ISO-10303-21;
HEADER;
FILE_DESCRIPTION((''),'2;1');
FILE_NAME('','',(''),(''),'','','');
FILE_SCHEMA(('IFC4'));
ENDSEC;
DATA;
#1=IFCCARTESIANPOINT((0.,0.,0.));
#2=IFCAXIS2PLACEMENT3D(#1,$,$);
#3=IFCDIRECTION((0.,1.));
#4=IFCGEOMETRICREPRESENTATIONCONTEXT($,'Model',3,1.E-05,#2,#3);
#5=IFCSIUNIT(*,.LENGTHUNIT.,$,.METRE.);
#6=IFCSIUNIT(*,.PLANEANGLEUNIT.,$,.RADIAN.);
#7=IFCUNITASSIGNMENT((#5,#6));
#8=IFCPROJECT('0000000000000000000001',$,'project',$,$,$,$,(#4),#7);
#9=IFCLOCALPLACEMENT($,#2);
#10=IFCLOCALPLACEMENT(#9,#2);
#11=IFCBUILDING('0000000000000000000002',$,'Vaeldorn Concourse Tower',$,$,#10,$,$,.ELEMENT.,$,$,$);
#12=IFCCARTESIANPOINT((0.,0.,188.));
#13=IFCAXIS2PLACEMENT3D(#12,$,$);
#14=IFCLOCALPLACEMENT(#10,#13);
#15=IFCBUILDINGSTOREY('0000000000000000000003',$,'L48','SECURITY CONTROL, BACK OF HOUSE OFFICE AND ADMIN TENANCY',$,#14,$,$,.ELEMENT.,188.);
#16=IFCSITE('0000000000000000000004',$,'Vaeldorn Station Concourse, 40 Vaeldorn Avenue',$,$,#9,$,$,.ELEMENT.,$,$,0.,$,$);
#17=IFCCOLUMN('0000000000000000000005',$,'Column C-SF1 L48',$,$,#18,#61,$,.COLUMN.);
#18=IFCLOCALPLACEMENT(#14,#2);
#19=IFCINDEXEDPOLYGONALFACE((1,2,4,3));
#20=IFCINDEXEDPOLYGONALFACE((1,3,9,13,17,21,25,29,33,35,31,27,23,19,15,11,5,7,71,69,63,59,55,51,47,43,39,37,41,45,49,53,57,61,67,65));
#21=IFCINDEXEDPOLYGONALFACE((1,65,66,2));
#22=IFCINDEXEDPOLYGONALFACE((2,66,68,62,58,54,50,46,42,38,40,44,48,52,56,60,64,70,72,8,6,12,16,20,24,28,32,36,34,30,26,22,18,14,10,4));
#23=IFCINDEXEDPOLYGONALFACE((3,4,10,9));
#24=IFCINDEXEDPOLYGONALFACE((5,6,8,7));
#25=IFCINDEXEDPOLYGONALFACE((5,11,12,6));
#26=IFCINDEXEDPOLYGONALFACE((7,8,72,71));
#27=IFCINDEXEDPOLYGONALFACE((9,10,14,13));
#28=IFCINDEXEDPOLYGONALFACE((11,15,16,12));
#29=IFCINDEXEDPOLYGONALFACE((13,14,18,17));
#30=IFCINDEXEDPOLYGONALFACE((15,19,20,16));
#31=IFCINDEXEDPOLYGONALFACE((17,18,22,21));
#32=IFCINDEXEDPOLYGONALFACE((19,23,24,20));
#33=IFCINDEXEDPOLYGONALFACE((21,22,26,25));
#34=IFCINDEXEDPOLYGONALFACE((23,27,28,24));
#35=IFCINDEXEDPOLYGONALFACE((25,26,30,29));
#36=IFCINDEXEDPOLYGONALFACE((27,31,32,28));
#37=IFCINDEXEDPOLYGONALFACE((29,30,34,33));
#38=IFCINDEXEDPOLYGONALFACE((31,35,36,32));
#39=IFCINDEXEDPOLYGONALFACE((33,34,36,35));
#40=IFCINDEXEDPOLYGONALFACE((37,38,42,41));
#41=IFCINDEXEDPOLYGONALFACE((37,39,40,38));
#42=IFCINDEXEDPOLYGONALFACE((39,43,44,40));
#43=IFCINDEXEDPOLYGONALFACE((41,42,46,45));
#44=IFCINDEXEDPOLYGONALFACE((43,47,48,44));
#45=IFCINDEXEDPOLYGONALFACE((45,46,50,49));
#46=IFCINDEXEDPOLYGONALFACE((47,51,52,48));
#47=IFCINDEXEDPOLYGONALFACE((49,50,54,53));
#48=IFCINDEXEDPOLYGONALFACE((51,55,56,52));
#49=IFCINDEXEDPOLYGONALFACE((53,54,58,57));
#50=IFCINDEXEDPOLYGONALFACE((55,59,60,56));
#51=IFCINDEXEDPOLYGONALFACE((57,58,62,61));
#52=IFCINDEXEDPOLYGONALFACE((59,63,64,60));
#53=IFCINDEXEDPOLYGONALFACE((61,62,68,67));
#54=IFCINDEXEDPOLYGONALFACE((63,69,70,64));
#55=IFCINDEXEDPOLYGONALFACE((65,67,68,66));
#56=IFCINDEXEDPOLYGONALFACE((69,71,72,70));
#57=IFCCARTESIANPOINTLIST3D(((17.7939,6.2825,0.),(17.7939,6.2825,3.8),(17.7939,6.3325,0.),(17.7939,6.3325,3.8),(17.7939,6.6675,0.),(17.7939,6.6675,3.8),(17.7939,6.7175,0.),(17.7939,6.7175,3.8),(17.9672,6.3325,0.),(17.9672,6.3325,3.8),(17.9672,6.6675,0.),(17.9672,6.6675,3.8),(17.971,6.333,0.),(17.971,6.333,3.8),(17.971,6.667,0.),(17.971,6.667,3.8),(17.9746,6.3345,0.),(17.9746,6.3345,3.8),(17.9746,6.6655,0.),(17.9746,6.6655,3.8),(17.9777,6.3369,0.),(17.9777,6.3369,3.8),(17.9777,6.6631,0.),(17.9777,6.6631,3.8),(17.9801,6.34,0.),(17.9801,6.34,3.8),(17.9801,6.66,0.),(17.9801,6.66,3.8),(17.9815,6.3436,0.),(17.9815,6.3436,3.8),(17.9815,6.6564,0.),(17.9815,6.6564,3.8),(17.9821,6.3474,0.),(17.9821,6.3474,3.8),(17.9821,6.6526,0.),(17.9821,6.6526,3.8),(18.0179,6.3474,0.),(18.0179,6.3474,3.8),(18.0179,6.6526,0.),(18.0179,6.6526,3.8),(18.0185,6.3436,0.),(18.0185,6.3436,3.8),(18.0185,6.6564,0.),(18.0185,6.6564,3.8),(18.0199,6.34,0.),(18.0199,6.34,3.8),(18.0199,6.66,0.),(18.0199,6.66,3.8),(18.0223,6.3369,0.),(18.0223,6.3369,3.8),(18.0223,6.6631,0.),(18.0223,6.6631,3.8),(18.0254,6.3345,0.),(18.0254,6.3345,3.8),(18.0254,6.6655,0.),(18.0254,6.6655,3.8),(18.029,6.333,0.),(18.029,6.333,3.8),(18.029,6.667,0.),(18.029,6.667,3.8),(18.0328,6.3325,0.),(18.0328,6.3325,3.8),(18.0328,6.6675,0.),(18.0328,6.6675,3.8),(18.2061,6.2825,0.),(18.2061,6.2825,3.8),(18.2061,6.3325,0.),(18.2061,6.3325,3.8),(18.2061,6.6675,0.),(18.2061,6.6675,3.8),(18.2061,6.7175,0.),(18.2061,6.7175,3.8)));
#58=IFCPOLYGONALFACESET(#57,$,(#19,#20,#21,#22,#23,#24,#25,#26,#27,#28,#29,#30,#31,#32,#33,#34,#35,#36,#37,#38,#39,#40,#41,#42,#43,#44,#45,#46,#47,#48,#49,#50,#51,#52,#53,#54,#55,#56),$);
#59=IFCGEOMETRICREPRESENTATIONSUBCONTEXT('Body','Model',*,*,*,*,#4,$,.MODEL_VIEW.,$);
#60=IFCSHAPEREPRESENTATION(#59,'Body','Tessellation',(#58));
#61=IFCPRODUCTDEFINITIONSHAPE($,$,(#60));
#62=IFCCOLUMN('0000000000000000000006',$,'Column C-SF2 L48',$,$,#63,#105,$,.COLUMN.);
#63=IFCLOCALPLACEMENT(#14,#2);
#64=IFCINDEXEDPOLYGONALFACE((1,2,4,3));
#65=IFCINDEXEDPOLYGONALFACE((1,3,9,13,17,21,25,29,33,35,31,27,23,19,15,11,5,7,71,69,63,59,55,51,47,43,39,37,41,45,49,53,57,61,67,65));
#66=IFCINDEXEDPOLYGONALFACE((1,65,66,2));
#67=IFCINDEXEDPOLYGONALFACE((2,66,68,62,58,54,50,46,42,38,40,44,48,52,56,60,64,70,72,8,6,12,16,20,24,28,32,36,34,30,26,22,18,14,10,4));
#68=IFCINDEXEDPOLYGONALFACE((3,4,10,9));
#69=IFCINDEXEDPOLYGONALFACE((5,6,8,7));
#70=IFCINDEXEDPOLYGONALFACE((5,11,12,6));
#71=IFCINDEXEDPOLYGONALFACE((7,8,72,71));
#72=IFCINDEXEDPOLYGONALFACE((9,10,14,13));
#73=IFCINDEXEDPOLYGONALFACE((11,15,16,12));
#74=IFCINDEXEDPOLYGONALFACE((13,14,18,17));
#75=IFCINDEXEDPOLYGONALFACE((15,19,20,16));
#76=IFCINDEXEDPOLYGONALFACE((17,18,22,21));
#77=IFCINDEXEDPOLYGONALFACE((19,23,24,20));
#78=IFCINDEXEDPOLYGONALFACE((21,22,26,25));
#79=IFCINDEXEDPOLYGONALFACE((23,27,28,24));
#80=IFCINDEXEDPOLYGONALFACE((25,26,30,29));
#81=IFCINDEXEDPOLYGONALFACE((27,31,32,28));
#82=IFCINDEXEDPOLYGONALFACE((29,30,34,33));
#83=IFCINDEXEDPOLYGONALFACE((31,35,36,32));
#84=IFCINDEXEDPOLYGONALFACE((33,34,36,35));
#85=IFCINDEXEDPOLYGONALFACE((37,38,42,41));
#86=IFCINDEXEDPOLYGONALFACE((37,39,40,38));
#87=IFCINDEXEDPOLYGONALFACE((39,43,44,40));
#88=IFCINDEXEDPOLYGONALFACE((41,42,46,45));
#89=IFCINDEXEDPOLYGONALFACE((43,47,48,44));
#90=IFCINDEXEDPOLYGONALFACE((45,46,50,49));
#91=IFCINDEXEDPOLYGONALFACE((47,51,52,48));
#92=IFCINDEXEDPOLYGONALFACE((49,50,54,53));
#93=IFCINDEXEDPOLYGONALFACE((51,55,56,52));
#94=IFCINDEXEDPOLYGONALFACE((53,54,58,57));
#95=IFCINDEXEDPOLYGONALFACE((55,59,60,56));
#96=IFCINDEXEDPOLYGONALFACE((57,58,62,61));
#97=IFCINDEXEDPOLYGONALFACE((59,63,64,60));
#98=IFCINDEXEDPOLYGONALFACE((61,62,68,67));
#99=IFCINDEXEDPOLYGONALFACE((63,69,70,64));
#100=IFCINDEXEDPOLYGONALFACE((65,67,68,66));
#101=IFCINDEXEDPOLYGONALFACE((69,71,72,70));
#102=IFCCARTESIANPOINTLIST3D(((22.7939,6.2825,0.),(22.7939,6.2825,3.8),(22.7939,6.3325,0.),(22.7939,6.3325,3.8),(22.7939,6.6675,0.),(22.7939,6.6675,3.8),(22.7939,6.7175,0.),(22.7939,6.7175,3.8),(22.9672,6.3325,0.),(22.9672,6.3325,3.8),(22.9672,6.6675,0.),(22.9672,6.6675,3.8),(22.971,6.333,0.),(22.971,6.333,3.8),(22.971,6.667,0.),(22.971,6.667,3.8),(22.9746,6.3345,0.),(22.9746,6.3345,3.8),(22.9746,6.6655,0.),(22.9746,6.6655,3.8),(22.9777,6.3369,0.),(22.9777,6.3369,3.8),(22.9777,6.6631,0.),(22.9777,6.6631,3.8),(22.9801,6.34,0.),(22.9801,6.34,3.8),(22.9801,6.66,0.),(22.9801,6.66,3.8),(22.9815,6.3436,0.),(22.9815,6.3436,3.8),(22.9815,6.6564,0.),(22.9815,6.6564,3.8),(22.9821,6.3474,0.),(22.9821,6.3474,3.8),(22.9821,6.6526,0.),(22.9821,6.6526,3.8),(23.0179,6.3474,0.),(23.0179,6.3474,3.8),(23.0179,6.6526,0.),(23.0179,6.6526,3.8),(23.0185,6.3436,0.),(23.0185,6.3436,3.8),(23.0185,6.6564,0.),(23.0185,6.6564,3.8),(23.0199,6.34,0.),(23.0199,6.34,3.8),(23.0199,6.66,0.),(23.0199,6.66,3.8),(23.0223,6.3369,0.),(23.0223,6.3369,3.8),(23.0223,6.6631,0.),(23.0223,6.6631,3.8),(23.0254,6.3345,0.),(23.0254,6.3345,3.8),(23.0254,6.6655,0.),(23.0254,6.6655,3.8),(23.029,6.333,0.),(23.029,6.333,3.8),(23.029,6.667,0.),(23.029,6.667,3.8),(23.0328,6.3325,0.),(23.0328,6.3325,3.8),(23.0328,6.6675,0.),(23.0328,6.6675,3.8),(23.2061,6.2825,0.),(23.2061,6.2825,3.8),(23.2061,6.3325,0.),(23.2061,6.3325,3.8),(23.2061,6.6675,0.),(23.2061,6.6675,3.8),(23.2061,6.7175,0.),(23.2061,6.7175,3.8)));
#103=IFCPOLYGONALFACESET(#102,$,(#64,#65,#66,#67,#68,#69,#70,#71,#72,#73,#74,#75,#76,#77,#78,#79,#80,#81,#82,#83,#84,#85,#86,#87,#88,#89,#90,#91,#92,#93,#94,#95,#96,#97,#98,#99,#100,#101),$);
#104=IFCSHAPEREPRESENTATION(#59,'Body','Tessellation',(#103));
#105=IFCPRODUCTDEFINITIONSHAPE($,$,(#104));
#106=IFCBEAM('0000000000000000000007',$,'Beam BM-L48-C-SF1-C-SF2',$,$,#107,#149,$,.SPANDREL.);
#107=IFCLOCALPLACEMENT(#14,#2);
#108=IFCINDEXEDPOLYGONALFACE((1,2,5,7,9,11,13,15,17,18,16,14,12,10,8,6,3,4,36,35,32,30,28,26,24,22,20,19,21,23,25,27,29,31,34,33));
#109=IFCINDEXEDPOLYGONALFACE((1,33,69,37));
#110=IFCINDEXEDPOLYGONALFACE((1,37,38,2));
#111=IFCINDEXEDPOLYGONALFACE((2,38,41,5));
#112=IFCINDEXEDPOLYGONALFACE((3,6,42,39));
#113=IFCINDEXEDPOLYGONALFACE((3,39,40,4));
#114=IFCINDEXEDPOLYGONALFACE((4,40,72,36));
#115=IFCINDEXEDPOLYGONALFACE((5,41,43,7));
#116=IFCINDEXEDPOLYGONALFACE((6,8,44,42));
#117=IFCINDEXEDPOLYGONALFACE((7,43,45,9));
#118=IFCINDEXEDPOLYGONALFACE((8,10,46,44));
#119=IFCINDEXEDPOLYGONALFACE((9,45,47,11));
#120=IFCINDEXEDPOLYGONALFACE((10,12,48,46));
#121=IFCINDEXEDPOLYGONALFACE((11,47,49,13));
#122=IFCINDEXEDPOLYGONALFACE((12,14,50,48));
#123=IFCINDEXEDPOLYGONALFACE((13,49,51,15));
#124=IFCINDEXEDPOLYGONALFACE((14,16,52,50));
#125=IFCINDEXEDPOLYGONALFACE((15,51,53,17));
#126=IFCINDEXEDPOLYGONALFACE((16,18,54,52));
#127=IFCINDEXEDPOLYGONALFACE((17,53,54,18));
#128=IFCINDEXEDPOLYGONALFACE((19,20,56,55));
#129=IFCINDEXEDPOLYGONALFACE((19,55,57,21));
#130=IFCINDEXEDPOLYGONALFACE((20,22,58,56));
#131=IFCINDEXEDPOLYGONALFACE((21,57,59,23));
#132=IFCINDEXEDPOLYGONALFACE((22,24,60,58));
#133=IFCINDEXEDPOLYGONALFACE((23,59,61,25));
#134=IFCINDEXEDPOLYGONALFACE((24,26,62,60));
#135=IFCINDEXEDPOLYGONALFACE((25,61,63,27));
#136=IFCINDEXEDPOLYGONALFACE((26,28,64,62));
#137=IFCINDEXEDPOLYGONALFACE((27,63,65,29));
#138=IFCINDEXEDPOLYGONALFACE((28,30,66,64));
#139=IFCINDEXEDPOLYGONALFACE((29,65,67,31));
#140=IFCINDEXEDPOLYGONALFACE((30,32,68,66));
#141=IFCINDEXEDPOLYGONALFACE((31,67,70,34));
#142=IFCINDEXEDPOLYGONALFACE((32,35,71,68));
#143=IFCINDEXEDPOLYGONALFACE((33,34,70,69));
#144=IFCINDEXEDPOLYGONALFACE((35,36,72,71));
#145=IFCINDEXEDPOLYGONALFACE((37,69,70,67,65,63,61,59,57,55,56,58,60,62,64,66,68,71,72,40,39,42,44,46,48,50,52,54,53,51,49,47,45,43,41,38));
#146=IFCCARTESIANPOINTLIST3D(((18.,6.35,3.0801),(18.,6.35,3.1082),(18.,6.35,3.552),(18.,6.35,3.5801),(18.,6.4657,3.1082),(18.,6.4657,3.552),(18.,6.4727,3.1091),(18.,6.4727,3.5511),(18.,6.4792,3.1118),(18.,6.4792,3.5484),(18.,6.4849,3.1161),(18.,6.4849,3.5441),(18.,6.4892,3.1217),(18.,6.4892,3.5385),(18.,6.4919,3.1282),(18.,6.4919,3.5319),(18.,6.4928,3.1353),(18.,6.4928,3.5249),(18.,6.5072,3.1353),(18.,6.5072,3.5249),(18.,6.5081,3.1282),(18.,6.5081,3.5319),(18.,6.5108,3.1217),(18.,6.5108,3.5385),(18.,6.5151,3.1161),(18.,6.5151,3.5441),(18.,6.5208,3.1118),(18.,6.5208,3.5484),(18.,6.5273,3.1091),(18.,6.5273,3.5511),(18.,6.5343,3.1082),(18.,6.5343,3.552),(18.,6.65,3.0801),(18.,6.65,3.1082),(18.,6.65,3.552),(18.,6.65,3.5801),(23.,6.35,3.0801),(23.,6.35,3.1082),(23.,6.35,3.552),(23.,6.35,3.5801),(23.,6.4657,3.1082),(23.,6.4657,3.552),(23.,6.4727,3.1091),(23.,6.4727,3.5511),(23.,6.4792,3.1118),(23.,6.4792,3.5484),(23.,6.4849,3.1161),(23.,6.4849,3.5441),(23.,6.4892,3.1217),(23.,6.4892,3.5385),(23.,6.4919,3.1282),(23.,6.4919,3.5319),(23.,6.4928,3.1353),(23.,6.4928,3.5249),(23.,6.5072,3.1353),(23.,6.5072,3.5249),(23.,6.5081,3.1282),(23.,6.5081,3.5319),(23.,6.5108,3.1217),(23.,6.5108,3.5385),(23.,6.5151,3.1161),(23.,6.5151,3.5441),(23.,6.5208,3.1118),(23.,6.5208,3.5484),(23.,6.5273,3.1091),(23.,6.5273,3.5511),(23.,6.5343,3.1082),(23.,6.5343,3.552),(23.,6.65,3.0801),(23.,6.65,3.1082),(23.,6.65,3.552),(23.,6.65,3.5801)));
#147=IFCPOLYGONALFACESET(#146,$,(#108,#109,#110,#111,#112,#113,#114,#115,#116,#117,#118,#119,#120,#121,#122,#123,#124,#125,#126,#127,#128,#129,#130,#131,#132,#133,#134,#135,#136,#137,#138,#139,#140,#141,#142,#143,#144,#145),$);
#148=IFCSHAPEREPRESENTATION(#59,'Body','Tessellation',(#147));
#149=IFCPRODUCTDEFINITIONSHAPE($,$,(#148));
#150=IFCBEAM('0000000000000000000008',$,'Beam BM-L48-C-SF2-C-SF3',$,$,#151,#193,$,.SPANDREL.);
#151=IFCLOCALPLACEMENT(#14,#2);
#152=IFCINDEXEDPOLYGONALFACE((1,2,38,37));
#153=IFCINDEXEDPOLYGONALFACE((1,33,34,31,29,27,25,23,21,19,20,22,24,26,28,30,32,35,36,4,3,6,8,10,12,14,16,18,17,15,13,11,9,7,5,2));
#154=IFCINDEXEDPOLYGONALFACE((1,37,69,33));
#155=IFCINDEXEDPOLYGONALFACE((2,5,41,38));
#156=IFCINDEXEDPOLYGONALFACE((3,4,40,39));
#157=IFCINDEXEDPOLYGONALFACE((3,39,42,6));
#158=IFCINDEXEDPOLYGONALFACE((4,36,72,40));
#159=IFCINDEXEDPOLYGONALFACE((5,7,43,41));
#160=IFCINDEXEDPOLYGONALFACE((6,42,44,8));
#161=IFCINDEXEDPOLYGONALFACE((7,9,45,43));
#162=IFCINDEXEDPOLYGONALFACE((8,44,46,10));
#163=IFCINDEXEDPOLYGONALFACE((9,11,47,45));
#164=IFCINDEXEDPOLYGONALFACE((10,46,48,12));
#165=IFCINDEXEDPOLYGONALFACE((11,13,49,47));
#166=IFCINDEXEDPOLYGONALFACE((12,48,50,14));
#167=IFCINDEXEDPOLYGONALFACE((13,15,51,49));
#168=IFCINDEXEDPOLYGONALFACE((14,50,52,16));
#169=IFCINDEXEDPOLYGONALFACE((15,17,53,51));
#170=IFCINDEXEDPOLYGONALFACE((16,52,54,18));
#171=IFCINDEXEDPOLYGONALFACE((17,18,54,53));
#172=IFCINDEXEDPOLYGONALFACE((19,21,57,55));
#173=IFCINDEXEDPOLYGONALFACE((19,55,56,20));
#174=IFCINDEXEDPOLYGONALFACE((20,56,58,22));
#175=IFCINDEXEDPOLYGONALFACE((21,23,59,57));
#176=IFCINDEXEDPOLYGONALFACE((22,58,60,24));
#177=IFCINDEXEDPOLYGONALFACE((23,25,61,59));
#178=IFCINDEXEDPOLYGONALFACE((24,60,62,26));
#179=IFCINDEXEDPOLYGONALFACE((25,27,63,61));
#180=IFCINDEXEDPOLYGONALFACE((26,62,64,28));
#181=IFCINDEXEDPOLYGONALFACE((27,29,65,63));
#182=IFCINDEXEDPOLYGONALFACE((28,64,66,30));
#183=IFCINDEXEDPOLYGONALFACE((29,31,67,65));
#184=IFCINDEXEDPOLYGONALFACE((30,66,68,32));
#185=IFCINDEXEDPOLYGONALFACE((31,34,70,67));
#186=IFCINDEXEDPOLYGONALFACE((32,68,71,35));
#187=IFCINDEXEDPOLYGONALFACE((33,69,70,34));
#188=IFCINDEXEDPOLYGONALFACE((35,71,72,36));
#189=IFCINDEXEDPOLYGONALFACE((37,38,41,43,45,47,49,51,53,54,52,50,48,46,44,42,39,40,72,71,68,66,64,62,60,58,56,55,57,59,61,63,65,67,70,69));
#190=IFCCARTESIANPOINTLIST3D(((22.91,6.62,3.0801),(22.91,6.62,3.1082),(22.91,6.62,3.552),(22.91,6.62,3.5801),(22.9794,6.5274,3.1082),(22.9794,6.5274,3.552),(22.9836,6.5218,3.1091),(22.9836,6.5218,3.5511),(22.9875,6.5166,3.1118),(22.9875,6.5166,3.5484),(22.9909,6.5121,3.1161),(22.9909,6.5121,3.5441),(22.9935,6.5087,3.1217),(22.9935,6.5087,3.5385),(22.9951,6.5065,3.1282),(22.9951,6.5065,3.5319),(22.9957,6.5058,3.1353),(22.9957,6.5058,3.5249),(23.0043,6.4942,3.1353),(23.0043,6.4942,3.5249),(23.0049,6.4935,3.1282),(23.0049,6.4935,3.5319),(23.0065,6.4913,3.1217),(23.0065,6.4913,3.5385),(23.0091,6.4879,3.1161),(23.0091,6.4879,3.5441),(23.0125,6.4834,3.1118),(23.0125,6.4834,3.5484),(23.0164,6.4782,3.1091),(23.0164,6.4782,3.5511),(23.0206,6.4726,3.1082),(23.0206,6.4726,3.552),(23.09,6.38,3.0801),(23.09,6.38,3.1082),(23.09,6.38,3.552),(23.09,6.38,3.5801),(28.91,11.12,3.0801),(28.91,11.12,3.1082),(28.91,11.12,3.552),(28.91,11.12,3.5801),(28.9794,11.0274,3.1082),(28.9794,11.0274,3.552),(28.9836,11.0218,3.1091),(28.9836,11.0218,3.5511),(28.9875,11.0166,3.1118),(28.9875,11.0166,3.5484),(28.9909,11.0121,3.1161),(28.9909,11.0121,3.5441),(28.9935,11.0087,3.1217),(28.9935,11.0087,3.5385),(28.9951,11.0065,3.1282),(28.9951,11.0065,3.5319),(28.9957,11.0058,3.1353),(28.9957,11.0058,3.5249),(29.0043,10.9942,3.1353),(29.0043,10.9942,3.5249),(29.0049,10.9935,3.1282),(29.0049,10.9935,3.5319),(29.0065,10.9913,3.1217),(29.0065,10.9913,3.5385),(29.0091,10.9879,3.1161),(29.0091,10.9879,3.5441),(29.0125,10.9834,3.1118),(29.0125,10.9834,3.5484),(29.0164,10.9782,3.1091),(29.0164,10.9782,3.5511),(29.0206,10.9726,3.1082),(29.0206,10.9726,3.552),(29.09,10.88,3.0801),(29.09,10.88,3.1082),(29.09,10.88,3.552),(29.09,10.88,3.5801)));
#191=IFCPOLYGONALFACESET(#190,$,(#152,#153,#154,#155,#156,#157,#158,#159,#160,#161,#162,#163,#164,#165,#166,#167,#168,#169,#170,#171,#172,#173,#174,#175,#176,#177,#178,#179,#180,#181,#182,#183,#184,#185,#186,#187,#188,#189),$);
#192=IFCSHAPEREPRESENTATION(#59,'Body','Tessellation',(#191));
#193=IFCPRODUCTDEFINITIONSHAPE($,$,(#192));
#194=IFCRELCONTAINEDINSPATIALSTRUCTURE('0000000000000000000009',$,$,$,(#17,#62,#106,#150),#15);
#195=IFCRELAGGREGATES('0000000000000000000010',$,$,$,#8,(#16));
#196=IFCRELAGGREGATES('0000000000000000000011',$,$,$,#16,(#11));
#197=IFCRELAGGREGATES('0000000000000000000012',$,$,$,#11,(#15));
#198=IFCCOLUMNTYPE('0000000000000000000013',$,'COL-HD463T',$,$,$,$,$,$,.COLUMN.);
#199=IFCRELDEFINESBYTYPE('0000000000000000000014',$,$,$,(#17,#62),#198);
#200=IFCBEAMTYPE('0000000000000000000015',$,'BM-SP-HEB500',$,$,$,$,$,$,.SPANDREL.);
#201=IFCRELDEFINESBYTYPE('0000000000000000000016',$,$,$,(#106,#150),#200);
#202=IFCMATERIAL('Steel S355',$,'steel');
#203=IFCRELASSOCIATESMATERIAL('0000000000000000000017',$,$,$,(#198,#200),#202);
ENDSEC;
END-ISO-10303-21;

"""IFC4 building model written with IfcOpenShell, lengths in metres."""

from ifc_helpers import new_model, si_unit, direction, frame, origin, origin_2d, place, context, subcontext, project, spatial, i_section, extrude, source, transform, mapped, material, material_profile, profile_set, type_object, element, save


model = new_model("IFC4")

# Units and contexts
model_context = context("Model", 3, precision=1e-05, world=origin(), true_north=direction((0.0, 1.0)))
body_context = subcontext(model_context, "Body", "Model", "MODEL_VIEW")
ifc_project = project(units=[si_unit("LENGTHUNIT", "METRE"), si_unit("PLANEANGLEUNIT", "RADIAN")], contexts=[model_context])

# Site, building, storey
site_placement = place(None, origin())
site = spatial("IfcSite", under=ifc_project, at=site_placement, Name="Vaeldorn Station Concourse, 40 Vaeldorn Avenue", CompositionType="ELEMENT", RefElevation=0.0)
building_placement = place(site_placement, origin())
building = spatial("IfcBuilding", under=site, at=building_placement, Name="Vaeldorn Concourse Tower", CompositionType="ELEMENT")
storey_placement = place(building_placement, frame((0.0, 0.0, 188.0)))
storey = spatial("IfcBuildingStorey", under=building, at=storey_placement, Name="L48", Description="SECURITY CONTROL, BACK OF HOUSE OFFICE AND ADMIN TENANCY", CompositionType="ELEMENT", Elevation=188.0)

# Columns
ifc_material_1 = material(Name="Steel S355", Category="steel")
ifc_material_profile_1 = material_profile(ifc_material_1, i_section(OverallWidth=0.4121, OverallDepth=0.4351, WebThickness=0.0359, FlangeThickness=0.05, FilletRadius=0.0149, at=origin_2d()), Name="HD 400x463")
ifc_profile_set_1 = profile_set([ifc_material_profile_1], Name="Steel S355")
column_type = type_object("IfcColumnType", Name="COL-HD463T", PredefinedType="COLUMN", material=ifc_profile_set_1)
shared_shape_1 = source(origin(), body_context, "Body", "SweptSolid", [
    extrude(i_section(OverallWidth=0.4121, OverallDepth=0.4351, WebThickness=0.0359, FlangeThickness=0.05, FilletRadius=0.0149, at=origin_2d()), origin(), (0.0, 0.0, 1.0), 3.8),
])
for number, where, z_axis, x_axis, name in (
    (1, (18.0, 6.5, 0.0), (0.0, 0.0, 1.0), (1.0, 0.0, 0.0), "Column C-SF1 L48"),
    (2, (23.0, 6.5, 0.0), (0.0, 0.0, 1.0), (1.0, 0.0, 0.0), "Column C-SF2 L48"),
):
    element("IfcColumn", number, at=place(storey_placement, frame(where, z_axis=z_axis, x_axis=x_axis)), inside=storey, type_object=column_type, Name=name, PredefinedType="COLUMN", context=body_context, shape_type="MappedRepresentation", body=[
        mapped(shared_shape_1, transform((0.0, 0.0, 0.0), scale=1.0)),
    ])

# Beams
ifc_material_profile_2 = material_profile(ifc_material_1, i_section(OverallWidth=0.3, OverallDepth=0.5, WebThickness=0.0144, FlangeThickness=0.0281, FilletRadius=0.0271, at=origin_2d()), Name="HEB 500")
ifc_profile_set_2 = profile_set([ifc_material_profile_2], Name="Steel S355")
beam_type_1 = type_object("IfcBeamType", Name="BM-SP-HEB500", PredefinedType="SPANDREL", material=ifc_profile_set_2)
shared_shape_2 = source(origin(), body_context, "Body", "SweptSolid", [
    extrude(i_section(OverallWidth=0.3, OverallDepth=0.5, WebThickness=0.0144, FlangeThickness=0.0281, FilletRadius=0.0271, at=origin_2d()), origin(), (0.0, 0.0, 1.0), 5.0),
])
beam_1_placement = place(storey_placement, frame((18.0, 6.5, 3.3301), z_axis=(1.0, 0.0, 0.0), x_axis=(0.0, 1.0, 0.0)))
element("IfcBeam", 3, at=beam_1_placement, inside=storey, type_object=beam_type_1, Name="Beam BM-L48-C-SF1-C-SF2", PredefinedType="SPANDREL", context=body_context, shape_type="MappedRepresentation", body=[
    mapped(shared_shape_2, transform((0.0, 0.0, 0.0), scale=1.0)),
])
shared_shape_3 = source(origin(), body_context, "Body", "SweptSolid", [
    extrude(i_section(OverallWidth=0.3, OverallDepth=0.5, WebThickness=0.0144, FlangeThickness=0.0281, FilletRadius=0.0271, at=origin_2d()), origin(), (0.0, 0.0, 1.0), 7.5),
])
beam_2_placement = place(storey_placement, frame((23.0, 6.5, 3.3301), z_axis=(0.8, 0.6, 0.0), x_axis=(-0.6, 0.8, 0.0)))
element("IfcBeam", 4, at=beam_2_placement, inside=storey, type_object=beam_type_1, Name="Beam BM-L48-C-SF2-C-SF3", PredefinedType="SPANDREL", context=body_context, shape_type="MappedRepresentation", body=[
    mapped(shared_shape_3, transform((0.0, 0.0, 0.0), scale=1.0)),
])

save(model, "model.ifc")
